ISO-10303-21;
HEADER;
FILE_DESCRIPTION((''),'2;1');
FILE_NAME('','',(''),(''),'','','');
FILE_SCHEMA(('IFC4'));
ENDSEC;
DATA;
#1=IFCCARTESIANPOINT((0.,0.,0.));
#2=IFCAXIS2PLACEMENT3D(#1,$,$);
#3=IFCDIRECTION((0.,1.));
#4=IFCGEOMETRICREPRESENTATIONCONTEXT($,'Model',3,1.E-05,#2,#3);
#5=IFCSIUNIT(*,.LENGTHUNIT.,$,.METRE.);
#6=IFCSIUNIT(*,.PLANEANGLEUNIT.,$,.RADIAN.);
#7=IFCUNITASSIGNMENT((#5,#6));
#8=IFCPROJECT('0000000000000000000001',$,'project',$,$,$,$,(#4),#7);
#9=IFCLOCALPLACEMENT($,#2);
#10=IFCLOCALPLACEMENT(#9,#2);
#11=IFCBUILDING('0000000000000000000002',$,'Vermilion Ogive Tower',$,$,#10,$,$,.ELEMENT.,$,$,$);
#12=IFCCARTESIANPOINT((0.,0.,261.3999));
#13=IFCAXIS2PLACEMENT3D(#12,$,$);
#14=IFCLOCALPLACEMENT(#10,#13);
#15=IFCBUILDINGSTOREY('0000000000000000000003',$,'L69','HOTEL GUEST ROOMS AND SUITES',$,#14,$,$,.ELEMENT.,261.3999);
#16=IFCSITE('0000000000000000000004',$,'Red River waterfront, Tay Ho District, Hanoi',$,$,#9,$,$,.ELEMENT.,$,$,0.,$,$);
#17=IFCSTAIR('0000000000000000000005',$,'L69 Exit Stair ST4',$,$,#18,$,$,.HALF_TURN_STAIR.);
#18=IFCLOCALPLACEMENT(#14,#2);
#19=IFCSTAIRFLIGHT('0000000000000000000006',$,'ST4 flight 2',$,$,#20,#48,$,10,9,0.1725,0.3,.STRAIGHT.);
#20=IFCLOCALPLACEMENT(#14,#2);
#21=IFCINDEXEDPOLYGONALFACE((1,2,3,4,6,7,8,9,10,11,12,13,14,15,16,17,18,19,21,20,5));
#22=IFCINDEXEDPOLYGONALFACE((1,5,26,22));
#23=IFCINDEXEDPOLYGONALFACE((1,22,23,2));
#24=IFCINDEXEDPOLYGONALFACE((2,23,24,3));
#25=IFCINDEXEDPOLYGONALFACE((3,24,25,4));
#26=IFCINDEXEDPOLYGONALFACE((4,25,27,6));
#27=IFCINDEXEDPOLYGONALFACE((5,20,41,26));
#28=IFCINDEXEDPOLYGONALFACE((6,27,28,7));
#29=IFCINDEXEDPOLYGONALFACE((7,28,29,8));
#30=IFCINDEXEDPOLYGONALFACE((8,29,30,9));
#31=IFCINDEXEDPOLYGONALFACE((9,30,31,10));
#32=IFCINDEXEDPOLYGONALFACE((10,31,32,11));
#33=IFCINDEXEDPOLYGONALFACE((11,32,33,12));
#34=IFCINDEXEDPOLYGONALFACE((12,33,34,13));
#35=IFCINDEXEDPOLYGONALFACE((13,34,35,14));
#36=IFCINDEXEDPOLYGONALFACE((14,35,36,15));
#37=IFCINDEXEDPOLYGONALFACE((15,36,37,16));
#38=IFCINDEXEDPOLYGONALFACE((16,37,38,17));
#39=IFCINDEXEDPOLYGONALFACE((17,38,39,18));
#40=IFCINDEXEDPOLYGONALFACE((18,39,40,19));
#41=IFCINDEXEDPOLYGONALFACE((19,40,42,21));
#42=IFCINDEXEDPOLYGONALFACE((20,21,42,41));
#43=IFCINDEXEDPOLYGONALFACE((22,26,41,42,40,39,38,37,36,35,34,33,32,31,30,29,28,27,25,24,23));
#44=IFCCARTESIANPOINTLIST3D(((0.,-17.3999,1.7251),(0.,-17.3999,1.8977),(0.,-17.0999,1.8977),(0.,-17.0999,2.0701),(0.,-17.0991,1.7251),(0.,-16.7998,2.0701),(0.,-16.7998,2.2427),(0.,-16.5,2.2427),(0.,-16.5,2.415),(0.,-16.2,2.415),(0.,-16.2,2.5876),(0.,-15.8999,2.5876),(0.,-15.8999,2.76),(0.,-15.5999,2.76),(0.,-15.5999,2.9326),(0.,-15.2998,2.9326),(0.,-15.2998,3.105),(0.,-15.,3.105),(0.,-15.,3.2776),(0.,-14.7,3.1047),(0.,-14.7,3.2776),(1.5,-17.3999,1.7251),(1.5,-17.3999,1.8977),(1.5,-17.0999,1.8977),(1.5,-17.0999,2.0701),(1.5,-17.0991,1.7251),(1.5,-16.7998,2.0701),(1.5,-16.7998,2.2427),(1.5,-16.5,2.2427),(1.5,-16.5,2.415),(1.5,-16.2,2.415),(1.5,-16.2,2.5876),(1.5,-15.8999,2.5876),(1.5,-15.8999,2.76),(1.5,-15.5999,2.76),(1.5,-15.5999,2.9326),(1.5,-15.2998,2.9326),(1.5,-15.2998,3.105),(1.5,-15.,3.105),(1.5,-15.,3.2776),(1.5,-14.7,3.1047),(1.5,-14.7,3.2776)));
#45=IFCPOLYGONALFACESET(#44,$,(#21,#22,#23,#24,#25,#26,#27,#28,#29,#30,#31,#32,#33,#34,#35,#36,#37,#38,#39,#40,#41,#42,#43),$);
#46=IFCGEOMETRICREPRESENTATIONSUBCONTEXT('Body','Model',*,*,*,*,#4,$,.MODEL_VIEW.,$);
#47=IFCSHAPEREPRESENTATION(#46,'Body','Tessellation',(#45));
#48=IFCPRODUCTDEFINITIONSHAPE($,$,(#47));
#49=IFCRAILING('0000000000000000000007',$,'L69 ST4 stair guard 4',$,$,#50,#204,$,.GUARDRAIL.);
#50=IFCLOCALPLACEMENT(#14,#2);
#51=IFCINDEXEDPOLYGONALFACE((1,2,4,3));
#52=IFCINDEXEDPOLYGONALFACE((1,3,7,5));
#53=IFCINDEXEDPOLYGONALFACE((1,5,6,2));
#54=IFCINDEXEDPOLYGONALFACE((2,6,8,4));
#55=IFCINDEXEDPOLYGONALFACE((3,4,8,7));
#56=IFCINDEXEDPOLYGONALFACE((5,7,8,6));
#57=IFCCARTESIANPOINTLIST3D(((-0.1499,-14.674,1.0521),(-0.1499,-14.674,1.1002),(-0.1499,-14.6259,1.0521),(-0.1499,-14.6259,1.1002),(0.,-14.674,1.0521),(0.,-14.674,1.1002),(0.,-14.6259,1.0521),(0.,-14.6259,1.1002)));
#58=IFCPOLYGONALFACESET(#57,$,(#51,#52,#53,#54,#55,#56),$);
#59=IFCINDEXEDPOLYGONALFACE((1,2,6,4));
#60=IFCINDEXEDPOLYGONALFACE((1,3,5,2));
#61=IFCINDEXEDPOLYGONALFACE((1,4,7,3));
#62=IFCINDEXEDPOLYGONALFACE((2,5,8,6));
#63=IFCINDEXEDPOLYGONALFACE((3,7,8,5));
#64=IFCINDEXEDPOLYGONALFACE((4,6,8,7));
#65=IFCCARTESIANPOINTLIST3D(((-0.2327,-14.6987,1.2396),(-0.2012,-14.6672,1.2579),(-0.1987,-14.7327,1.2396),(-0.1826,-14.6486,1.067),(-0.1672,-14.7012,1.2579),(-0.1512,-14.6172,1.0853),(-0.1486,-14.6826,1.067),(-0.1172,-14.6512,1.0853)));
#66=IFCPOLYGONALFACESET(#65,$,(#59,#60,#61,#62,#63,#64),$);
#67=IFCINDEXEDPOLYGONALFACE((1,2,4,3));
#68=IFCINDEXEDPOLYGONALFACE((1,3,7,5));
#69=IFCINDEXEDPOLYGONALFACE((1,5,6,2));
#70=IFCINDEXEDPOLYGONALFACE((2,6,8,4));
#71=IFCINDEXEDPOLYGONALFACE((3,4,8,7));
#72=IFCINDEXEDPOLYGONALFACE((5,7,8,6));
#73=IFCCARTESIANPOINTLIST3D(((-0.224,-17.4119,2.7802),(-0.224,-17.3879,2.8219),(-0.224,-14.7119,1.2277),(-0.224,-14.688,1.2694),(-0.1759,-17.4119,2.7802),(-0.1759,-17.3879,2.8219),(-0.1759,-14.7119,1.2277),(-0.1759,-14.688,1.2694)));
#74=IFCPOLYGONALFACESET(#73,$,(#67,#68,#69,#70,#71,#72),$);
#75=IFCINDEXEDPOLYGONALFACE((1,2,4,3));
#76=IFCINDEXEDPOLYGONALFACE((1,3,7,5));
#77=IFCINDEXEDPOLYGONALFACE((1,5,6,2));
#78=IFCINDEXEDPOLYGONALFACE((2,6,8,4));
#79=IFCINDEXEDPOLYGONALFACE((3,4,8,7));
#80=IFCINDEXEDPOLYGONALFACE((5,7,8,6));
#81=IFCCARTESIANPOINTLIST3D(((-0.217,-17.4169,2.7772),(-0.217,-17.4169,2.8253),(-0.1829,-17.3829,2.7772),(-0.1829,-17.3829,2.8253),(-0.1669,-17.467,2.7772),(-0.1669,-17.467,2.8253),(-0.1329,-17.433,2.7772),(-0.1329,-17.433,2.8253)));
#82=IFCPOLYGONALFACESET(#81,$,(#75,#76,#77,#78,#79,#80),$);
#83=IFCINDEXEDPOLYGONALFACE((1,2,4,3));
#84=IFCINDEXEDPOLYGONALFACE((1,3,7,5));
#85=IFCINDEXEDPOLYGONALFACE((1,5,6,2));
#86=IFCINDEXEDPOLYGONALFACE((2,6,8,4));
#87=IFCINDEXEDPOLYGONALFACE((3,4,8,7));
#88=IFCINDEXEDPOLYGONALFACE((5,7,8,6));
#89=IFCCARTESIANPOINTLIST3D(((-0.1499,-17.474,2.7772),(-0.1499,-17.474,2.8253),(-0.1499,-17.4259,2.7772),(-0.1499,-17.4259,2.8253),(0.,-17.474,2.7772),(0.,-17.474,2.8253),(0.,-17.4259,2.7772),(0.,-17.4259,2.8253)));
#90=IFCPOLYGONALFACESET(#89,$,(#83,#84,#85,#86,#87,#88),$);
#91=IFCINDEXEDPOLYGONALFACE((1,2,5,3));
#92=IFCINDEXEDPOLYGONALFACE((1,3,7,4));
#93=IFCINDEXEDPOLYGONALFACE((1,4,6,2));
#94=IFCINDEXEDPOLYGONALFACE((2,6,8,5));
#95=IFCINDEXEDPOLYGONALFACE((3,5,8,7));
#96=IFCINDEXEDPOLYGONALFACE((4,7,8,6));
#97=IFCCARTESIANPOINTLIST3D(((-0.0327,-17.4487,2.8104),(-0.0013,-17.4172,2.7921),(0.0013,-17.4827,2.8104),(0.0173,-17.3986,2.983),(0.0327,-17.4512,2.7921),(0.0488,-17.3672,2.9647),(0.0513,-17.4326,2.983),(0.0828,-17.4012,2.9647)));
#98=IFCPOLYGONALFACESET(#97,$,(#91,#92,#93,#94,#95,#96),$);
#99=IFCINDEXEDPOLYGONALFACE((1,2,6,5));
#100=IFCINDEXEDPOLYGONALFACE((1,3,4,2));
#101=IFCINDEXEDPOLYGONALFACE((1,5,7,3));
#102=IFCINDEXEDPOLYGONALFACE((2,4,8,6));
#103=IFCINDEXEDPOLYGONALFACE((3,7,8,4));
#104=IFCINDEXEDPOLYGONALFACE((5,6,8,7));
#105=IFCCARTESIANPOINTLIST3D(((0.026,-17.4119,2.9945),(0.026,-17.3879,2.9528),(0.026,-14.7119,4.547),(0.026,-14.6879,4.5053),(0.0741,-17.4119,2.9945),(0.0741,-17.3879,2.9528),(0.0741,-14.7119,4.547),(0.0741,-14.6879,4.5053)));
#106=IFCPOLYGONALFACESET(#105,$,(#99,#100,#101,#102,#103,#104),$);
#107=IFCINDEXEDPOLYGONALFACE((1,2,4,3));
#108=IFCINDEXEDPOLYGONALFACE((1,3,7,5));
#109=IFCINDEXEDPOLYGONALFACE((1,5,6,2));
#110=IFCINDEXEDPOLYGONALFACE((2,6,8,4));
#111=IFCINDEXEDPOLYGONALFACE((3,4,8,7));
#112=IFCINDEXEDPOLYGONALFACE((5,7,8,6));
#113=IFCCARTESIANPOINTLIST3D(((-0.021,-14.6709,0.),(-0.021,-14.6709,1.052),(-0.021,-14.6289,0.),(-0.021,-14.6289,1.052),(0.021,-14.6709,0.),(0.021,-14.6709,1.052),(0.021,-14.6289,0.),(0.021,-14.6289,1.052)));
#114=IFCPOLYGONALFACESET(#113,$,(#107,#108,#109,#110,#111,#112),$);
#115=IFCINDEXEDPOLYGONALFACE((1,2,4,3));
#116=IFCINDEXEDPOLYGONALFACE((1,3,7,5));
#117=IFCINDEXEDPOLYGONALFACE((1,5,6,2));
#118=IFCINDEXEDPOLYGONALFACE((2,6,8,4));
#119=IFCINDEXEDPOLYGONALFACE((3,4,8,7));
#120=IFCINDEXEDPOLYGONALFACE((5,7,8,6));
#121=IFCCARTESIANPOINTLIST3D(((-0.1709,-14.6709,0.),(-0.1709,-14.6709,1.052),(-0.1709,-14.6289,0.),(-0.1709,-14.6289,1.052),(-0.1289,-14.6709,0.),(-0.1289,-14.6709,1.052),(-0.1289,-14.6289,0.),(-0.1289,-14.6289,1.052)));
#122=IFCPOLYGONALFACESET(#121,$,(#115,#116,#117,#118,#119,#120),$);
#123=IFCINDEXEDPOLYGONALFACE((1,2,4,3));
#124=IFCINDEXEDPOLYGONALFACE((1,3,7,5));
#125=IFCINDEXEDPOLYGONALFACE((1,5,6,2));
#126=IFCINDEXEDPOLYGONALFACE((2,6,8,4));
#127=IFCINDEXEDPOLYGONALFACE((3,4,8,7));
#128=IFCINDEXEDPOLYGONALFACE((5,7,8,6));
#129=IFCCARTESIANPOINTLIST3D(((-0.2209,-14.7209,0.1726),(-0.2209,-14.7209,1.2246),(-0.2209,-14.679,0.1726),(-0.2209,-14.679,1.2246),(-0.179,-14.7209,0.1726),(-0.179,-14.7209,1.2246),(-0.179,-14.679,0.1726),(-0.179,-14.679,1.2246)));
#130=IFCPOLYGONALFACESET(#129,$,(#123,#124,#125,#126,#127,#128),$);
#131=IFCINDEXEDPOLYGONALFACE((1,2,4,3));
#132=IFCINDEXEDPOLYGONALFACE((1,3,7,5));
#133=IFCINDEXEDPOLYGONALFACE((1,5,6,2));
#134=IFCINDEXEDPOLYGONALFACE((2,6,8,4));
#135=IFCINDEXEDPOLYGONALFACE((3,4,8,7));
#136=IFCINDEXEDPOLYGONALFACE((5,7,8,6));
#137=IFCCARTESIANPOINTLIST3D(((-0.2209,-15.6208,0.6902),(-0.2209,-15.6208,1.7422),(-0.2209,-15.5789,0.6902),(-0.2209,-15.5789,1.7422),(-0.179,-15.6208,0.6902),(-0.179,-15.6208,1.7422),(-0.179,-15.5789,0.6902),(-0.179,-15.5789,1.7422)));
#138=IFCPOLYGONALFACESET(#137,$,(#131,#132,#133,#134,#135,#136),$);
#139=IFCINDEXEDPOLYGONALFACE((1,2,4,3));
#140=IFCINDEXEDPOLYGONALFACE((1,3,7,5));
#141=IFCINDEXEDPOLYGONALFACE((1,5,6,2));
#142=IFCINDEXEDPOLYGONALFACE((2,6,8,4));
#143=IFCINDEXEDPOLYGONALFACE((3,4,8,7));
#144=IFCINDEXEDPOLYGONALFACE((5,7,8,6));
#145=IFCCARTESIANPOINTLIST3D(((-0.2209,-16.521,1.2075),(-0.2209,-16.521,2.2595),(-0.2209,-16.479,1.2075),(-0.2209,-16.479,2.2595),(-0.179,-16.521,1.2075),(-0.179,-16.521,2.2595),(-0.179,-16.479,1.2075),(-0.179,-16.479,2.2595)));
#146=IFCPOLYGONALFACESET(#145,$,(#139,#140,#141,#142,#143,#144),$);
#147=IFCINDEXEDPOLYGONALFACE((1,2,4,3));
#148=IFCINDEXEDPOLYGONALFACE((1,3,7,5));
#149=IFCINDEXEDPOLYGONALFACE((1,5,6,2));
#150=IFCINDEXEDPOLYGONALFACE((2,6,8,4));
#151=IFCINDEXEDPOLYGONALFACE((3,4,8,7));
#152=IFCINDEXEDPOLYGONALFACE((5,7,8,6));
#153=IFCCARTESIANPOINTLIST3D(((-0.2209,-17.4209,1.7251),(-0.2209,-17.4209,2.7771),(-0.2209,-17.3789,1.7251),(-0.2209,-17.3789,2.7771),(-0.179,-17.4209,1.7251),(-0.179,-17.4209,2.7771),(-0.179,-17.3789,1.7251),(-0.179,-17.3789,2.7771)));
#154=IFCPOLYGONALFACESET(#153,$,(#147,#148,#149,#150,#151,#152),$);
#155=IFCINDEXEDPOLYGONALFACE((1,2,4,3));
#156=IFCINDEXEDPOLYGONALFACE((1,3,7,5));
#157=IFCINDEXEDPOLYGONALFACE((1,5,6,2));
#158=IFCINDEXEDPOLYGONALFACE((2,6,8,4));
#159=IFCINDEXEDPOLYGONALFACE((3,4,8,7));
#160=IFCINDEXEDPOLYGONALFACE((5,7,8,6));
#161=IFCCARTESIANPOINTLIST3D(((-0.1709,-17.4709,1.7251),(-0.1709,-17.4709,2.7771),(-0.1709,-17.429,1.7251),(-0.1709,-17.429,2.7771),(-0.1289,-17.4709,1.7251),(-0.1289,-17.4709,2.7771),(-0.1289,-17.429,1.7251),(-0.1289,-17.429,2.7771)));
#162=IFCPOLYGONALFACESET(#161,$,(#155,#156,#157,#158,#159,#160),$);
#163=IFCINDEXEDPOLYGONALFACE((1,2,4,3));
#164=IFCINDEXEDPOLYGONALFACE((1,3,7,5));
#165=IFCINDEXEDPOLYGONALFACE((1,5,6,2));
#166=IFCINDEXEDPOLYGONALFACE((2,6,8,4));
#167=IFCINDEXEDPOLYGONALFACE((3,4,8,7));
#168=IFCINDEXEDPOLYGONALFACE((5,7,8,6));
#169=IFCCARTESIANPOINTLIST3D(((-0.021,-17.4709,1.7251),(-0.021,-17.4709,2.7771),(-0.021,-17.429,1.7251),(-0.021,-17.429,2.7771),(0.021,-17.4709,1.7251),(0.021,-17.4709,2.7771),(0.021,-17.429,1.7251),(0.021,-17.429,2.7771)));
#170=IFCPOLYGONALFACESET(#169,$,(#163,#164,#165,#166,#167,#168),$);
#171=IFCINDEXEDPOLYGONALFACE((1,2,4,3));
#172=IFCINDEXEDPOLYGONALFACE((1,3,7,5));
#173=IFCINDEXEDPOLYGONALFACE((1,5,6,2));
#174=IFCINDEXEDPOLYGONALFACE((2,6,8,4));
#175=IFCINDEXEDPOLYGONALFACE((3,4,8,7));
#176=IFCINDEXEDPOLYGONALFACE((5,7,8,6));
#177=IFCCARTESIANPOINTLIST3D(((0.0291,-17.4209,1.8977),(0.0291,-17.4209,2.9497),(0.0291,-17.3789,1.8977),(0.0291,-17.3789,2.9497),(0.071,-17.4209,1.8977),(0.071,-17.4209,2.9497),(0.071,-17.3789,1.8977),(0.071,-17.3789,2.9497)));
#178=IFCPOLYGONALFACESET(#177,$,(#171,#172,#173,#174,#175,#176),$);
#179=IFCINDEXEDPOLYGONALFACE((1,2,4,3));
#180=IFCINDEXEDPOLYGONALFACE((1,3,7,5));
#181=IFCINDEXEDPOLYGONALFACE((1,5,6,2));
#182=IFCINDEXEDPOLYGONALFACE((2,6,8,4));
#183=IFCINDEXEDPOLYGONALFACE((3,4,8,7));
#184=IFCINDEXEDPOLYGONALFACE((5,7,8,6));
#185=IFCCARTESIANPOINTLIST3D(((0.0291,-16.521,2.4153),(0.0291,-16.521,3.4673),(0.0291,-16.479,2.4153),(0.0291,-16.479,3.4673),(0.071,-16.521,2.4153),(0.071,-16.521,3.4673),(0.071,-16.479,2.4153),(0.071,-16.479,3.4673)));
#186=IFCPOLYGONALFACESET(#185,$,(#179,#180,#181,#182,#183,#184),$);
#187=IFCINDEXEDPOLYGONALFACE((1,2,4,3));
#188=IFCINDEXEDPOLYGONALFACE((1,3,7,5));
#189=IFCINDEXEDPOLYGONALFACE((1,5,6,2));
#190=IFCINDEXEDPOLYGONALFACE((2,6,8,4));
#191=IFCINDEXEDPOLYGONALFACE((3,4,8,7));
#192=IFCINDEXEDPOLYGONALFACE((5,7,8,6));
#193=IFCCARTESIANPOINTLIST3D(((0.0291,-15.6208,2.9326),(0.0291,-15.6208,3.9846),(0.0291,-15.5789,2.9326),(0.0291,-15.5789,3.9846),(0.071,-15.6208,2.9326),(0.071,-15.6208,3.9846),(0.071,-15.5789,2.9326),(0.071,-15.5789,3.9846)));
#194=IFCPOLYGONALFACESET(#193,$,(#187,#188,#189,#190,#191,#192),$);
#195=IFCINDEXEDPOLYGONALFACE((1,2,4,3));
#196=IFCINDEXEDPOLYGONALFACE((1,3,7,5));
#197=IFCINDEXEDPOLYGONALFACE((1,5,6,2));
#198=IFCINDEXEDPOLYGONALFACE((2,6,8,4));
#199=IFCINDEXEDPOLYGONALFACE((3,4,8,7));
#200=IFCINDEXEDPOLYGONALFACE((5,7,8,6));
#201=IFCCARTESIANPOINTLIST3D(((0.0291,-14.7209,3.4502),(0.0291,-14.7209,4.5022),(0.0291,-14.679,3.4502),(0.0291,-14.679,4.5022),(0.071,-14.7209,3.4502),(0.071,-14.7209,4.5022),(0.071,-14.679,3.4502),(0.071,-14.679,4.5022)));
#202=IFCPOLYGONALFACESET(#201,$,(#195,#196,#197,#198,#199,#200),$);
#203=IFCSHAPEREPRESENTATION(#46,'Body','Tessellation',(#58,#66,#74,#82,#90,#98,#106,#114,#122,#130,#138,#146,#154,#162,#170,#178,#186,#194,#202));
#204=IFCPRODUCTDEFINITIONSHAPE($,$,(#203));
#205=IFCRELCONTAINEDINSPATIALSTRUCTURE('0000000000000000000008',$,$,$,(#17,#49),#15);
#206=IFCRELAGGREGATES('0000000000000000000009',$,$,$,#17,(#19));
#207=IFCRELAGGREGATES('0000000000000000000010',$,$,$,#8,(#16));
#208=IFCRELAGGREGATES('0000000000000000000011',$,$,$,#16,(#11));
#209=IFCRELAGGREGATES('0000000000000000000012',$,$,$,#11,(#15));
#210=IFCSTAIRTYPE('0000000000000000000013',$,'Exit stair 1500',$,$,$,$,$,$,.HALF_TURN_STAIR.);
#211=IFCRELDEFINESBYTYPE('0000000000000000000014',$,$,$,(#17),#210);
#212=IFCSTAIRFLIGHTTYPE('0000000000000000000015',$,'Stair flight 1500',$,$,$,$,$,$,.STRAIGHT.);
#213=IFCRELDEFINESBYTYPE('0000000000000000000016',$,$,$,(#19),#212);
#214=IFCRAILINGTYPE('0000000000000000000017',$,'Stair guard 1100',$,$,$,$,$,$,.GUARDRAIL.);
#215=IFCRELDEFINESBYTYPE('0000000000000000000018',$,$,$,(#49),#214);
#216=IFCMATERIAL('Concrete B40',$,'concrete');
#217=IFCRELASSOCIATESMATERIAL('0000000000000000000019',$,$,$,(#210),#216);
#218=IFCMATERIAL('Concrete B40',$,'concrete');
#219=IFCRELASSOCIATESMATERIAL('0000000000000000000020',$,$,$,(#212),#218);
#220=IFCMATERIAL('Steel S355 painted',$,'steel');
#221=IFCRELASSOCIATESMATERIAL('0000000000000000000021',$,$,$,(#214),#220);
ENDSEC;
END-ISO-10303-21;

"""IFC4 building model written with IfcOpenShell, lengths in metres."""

from ifc_helpers import new_model, si_unit, direction, frame, origin, origin_2d, place, context, subcontext, project, spatial, polyline, rectangle, outline, extrude, material, type_object, element, aggregate, save


model = new_model("IFC4")

# Units and contexts
model_context = context("Model", 3, precision=1e-05, world=origin(), true_north=direction((0.0, 1.0)))
body_context = subcontext(model_context, "Body", "Model", "MODEL_VIEW")
ifc_project = project(units=[si_unit("LENGTHUNIT", "METRE"), si_unit("PLANEANGLEUNIT", "RADIAN")], contexts=[model_context])

# Site, building, storey
site_placement = place(None, origin())
site = spatial("IfcSite", under=ifc_project, at=site_placement, Name="Red River waterfront, Tay Ho District, Hanoi", CompositionType="ELEMENT", RefElevation=0.0)
building_placement = place(site_placement, origin())
building = spatial("IfcBuilding", under=site, at=building_placement, Name="Vermilion Ogive Tower", CompositionType="ELEMENT")
storey_placement = place(building_placement, frame((0.0, 0.0, 261.3999)))
storey = spatial("IfcBuildingStorey", under=building, at=storey_placement, Name="L69", Description="HOTEL GUEST ROOMS AND SUITES", CompositionType="ELEMENT", Elevation=261.3999)

# Stair, stair flight
ifc_material_1 = material(Name="Concrete B40", Category="concrete")
stair_type = type_object("IfcStairType", Name="Exit stair 1500", PredefinedType="HALF_TURN_STAIR", material=ifc_material_1)
stair_placement = place(storey_placement, origin())
stair = element("IfcStair", 1, at=stair_placement, inside=storey, type_object=stair_type, Name="L69 Exit Stair ST4", PredefinedType="HALF_TURN_STAIR")
ifc_material_2 = material(Name="Concrete B40", Category="concrete")
stair_flight_type = type_object("IfcStairFlightType", Name="Stair flight 1500", PredefinedType="STRAIGHT", material=ifc_material_2)
stair_flight_placement = place(storey_placement, frame((0.75, -17.3999, 1.7251), z_axis=(0.0, 0.0, 1.0), x_axis=(0.0, 1.0, 0.0)))
stair_flight = element("IfcStairFlight", 2, at=stair_flight_placement, type_object=stair_flight_type, Name="ST4 flight 2", NumberOfRisers=10, NumberOfTreads=9, PredefinedType="STRAIGHT", RiserHeight=0.1725, TreadLength=0.3, context=body_context, shape_type="SweptSolid", body=[
    extrude(outline(polyline([(0.0, 0.0), (0.0, 0.1726), (0.3, 0.1726), (0.3, 0.345), (0.6001, 0.345), (0.6001, 0.5176), (0.8999, 0.5176), (0.8999, 0.6899), (1.2, 0.6899), (1.2, 0.8625), (1.5, 0.8625), (1.5, 1.0349), (1.8, 1.0349), (1.8, 1.2075), (2.1001, 1.2075), (2.1001, 1.3799), (2.3999, 1.3799), (2.3999, 1.5525), (2.7, 1.5525), (2.7, 1.7251), (2.7, 1.3796), (0.3008, 0.0), (0.0, 0.0)])), frame((0.0, 0.75, 0.0), z_axis=(0.0, -1.0, 0.0), x_axis=(1.0, 0.0, 0.0)), (0.0, 0.0, 1.0), 1.5),
])
aggregate(stair, [stair_flight])

# Railing
ifc_material_3 = material(Name="Steel S355 painted", Category="steel")
railing_type_1 = type_object("IfcRailingType", Name="Stair guard 1100", PredefinedType="GUARDRAIL", material=ifc_material_3)
railing_1_placement = place(storey_placement, frame((0.0, -14.6499, 0.0)))
element("IfcRailing", 3, at=railing_1_placement, inside=storey, type_object=railing_type_1, Name="L69 ST4 stair guard 4", PredefinedType="GUARDRAIL", context=body_context, shape_type="SweptSolid", body=[
    extrude(rectangle(XDim=0.0481, YDim=0.0481, at=origin_2d()), frame((0.0, 0.0, 1.0762), z_axis=(-1.0, 0.0, 0.0), x_axis=(0.0, -1.0, 0.0)), (0.0, 0.0, 1.0), 0.1499),
    extrude(rectangle(XDim=0.0481, YDim=0.0481, at=origin_2d()), frame((-0.1499, 0.0, 1.0762), z_axis=(-0.268278, -0.268278, 0.925232), x_axis=(0.707107, -0.707107, 0.0)), (0.0, 0.0, 1.0), 0.1865),
    extrude(rectangle(XDim=0.0481, YDim=0.0481, at=origin_2d()), frame((-0.2, -0.05, 1.2485), z_axis=(0.0, -0.866904, 0.498476), x_axis=(1.0, 0.0, 0.0)), (0.0, 0.0, 1.0), 3.1145),
    extrude(rectangle(XDim=0.0481, YDim=0.0481, at=origin_2d()), frame((-0.2, -2.75, 2.8013), z_axis=(0.707107, -0.707107, 0.0), x_axis=(0.707107, 0.707107, 0.0)), (0.0, 0.0, 1.0), 0.0708),
    extrude(rectangle(XDim=0.0481, YDim=0.0481, at=origin_2d()), frame((-0.1499, -2.8, 2.8013), z_axis=(1.0, 0.0, 0.0), x_axis=(0.0, 1.0, 0.0)), (0.0, 0.0, 1.0), 0.1499),
    extrude(rectangle(XDim=0.0481, YDim=0.0481, at=origin_2d()), frame((0.0, -2.8, 2.8013), z_axis=(0.268278, 0.268278, 0.925232), x_axis=(-0.707107, 0.707107, 0.0)), (0.0, 0.0, 1.0), 0.1865),
    extrude(rectangle(XDim=0.0481, YDim=0.0481, at=origin_2d()), frame((0.05, -2.75, 2.9736), z_axis=(0.0, 0.866904, 0.498476), x_axis=(-1.0, 0.0, 0.0)), (0.0, 0.0, 1.0), 3.1145),
    extrude(rectangle(XDim=0.042, YDim=0.042, at=origin_2d()), origin(), (0.0, 0.0, 1.0), 1.052),
    extrude(rectangle(XDim=0.042, YDim=0.042, at=origin_2d()), frame((-0.1499, 0.0, 0.0)), (0.0, 0.0, 1.0), 1.052),
    extrude(rectangle(XDim=0.042, YDim=0.042, at=origin_2d()), frame((-0.2, -0.05, 0.1726)), (0.0, 0.0, 1.0), 1.052),
    extrude(rectangle(XDim=0.042, YDim=0.042, at=origin_2d()), frame((-0.2, -0.95, 0.6902)), (0.0, 0.0, 1.0), 1.052),
    extrude(rectangle(XDim=0.042, YDim=0.042, at=origin_2d()), frame((-0.2, -1.8501, 1.2075)), (0.0, 0.0, 1.0), 1.052),
    extrude(rectangle(XDim=0.042, YDim=0.042, at=origin_2d()), frame((-0.2, -2.75, 1.7251)), (0.0, 0.0, 1.0), 1.052),
    extrude(rectangle(XDim=0.042, YDim=0.042, at=origin_2d()), frame((-0.1499, -2.8, 1.7251)), (0.0, 0.0, 1.0), 1.052),
    extrude(rectangle(XDim=0.042, YDim=0.042, at=origin_2d()), frame((0.0, -2.8, 1.7251)), (0.0, 0.0, 1.0), 1.052),
    extrude(rectangle(XDim=0.042, YDim=0.042, at=origin_2d()), frame((0.05, -2.75, 1.8977)), (0.0, 0.0, 1.0), 1.052),
    extrude(rectangle(XDim=0.042, YDim=0.042, at=origin_2d()), frame((0.05, -1.8501, 2.4153)), (0.0, 0.0, 1.0), 1.052),
    extrude(rectangle(XDim=0.042, YDim=0.042, at=origin_2d()), frame((0.05, -0.95, 2.9326)), (0.0, 0.0, 1.0), 1.052),
    extrude(rectangle(XDim=0.042, YDim=0.042, at=origin_2d()), frame((0.05, -0.05, 3.4502)), (0.0, 0.0, 1.0), 1.052),
])

save(model, "model.ifc")
